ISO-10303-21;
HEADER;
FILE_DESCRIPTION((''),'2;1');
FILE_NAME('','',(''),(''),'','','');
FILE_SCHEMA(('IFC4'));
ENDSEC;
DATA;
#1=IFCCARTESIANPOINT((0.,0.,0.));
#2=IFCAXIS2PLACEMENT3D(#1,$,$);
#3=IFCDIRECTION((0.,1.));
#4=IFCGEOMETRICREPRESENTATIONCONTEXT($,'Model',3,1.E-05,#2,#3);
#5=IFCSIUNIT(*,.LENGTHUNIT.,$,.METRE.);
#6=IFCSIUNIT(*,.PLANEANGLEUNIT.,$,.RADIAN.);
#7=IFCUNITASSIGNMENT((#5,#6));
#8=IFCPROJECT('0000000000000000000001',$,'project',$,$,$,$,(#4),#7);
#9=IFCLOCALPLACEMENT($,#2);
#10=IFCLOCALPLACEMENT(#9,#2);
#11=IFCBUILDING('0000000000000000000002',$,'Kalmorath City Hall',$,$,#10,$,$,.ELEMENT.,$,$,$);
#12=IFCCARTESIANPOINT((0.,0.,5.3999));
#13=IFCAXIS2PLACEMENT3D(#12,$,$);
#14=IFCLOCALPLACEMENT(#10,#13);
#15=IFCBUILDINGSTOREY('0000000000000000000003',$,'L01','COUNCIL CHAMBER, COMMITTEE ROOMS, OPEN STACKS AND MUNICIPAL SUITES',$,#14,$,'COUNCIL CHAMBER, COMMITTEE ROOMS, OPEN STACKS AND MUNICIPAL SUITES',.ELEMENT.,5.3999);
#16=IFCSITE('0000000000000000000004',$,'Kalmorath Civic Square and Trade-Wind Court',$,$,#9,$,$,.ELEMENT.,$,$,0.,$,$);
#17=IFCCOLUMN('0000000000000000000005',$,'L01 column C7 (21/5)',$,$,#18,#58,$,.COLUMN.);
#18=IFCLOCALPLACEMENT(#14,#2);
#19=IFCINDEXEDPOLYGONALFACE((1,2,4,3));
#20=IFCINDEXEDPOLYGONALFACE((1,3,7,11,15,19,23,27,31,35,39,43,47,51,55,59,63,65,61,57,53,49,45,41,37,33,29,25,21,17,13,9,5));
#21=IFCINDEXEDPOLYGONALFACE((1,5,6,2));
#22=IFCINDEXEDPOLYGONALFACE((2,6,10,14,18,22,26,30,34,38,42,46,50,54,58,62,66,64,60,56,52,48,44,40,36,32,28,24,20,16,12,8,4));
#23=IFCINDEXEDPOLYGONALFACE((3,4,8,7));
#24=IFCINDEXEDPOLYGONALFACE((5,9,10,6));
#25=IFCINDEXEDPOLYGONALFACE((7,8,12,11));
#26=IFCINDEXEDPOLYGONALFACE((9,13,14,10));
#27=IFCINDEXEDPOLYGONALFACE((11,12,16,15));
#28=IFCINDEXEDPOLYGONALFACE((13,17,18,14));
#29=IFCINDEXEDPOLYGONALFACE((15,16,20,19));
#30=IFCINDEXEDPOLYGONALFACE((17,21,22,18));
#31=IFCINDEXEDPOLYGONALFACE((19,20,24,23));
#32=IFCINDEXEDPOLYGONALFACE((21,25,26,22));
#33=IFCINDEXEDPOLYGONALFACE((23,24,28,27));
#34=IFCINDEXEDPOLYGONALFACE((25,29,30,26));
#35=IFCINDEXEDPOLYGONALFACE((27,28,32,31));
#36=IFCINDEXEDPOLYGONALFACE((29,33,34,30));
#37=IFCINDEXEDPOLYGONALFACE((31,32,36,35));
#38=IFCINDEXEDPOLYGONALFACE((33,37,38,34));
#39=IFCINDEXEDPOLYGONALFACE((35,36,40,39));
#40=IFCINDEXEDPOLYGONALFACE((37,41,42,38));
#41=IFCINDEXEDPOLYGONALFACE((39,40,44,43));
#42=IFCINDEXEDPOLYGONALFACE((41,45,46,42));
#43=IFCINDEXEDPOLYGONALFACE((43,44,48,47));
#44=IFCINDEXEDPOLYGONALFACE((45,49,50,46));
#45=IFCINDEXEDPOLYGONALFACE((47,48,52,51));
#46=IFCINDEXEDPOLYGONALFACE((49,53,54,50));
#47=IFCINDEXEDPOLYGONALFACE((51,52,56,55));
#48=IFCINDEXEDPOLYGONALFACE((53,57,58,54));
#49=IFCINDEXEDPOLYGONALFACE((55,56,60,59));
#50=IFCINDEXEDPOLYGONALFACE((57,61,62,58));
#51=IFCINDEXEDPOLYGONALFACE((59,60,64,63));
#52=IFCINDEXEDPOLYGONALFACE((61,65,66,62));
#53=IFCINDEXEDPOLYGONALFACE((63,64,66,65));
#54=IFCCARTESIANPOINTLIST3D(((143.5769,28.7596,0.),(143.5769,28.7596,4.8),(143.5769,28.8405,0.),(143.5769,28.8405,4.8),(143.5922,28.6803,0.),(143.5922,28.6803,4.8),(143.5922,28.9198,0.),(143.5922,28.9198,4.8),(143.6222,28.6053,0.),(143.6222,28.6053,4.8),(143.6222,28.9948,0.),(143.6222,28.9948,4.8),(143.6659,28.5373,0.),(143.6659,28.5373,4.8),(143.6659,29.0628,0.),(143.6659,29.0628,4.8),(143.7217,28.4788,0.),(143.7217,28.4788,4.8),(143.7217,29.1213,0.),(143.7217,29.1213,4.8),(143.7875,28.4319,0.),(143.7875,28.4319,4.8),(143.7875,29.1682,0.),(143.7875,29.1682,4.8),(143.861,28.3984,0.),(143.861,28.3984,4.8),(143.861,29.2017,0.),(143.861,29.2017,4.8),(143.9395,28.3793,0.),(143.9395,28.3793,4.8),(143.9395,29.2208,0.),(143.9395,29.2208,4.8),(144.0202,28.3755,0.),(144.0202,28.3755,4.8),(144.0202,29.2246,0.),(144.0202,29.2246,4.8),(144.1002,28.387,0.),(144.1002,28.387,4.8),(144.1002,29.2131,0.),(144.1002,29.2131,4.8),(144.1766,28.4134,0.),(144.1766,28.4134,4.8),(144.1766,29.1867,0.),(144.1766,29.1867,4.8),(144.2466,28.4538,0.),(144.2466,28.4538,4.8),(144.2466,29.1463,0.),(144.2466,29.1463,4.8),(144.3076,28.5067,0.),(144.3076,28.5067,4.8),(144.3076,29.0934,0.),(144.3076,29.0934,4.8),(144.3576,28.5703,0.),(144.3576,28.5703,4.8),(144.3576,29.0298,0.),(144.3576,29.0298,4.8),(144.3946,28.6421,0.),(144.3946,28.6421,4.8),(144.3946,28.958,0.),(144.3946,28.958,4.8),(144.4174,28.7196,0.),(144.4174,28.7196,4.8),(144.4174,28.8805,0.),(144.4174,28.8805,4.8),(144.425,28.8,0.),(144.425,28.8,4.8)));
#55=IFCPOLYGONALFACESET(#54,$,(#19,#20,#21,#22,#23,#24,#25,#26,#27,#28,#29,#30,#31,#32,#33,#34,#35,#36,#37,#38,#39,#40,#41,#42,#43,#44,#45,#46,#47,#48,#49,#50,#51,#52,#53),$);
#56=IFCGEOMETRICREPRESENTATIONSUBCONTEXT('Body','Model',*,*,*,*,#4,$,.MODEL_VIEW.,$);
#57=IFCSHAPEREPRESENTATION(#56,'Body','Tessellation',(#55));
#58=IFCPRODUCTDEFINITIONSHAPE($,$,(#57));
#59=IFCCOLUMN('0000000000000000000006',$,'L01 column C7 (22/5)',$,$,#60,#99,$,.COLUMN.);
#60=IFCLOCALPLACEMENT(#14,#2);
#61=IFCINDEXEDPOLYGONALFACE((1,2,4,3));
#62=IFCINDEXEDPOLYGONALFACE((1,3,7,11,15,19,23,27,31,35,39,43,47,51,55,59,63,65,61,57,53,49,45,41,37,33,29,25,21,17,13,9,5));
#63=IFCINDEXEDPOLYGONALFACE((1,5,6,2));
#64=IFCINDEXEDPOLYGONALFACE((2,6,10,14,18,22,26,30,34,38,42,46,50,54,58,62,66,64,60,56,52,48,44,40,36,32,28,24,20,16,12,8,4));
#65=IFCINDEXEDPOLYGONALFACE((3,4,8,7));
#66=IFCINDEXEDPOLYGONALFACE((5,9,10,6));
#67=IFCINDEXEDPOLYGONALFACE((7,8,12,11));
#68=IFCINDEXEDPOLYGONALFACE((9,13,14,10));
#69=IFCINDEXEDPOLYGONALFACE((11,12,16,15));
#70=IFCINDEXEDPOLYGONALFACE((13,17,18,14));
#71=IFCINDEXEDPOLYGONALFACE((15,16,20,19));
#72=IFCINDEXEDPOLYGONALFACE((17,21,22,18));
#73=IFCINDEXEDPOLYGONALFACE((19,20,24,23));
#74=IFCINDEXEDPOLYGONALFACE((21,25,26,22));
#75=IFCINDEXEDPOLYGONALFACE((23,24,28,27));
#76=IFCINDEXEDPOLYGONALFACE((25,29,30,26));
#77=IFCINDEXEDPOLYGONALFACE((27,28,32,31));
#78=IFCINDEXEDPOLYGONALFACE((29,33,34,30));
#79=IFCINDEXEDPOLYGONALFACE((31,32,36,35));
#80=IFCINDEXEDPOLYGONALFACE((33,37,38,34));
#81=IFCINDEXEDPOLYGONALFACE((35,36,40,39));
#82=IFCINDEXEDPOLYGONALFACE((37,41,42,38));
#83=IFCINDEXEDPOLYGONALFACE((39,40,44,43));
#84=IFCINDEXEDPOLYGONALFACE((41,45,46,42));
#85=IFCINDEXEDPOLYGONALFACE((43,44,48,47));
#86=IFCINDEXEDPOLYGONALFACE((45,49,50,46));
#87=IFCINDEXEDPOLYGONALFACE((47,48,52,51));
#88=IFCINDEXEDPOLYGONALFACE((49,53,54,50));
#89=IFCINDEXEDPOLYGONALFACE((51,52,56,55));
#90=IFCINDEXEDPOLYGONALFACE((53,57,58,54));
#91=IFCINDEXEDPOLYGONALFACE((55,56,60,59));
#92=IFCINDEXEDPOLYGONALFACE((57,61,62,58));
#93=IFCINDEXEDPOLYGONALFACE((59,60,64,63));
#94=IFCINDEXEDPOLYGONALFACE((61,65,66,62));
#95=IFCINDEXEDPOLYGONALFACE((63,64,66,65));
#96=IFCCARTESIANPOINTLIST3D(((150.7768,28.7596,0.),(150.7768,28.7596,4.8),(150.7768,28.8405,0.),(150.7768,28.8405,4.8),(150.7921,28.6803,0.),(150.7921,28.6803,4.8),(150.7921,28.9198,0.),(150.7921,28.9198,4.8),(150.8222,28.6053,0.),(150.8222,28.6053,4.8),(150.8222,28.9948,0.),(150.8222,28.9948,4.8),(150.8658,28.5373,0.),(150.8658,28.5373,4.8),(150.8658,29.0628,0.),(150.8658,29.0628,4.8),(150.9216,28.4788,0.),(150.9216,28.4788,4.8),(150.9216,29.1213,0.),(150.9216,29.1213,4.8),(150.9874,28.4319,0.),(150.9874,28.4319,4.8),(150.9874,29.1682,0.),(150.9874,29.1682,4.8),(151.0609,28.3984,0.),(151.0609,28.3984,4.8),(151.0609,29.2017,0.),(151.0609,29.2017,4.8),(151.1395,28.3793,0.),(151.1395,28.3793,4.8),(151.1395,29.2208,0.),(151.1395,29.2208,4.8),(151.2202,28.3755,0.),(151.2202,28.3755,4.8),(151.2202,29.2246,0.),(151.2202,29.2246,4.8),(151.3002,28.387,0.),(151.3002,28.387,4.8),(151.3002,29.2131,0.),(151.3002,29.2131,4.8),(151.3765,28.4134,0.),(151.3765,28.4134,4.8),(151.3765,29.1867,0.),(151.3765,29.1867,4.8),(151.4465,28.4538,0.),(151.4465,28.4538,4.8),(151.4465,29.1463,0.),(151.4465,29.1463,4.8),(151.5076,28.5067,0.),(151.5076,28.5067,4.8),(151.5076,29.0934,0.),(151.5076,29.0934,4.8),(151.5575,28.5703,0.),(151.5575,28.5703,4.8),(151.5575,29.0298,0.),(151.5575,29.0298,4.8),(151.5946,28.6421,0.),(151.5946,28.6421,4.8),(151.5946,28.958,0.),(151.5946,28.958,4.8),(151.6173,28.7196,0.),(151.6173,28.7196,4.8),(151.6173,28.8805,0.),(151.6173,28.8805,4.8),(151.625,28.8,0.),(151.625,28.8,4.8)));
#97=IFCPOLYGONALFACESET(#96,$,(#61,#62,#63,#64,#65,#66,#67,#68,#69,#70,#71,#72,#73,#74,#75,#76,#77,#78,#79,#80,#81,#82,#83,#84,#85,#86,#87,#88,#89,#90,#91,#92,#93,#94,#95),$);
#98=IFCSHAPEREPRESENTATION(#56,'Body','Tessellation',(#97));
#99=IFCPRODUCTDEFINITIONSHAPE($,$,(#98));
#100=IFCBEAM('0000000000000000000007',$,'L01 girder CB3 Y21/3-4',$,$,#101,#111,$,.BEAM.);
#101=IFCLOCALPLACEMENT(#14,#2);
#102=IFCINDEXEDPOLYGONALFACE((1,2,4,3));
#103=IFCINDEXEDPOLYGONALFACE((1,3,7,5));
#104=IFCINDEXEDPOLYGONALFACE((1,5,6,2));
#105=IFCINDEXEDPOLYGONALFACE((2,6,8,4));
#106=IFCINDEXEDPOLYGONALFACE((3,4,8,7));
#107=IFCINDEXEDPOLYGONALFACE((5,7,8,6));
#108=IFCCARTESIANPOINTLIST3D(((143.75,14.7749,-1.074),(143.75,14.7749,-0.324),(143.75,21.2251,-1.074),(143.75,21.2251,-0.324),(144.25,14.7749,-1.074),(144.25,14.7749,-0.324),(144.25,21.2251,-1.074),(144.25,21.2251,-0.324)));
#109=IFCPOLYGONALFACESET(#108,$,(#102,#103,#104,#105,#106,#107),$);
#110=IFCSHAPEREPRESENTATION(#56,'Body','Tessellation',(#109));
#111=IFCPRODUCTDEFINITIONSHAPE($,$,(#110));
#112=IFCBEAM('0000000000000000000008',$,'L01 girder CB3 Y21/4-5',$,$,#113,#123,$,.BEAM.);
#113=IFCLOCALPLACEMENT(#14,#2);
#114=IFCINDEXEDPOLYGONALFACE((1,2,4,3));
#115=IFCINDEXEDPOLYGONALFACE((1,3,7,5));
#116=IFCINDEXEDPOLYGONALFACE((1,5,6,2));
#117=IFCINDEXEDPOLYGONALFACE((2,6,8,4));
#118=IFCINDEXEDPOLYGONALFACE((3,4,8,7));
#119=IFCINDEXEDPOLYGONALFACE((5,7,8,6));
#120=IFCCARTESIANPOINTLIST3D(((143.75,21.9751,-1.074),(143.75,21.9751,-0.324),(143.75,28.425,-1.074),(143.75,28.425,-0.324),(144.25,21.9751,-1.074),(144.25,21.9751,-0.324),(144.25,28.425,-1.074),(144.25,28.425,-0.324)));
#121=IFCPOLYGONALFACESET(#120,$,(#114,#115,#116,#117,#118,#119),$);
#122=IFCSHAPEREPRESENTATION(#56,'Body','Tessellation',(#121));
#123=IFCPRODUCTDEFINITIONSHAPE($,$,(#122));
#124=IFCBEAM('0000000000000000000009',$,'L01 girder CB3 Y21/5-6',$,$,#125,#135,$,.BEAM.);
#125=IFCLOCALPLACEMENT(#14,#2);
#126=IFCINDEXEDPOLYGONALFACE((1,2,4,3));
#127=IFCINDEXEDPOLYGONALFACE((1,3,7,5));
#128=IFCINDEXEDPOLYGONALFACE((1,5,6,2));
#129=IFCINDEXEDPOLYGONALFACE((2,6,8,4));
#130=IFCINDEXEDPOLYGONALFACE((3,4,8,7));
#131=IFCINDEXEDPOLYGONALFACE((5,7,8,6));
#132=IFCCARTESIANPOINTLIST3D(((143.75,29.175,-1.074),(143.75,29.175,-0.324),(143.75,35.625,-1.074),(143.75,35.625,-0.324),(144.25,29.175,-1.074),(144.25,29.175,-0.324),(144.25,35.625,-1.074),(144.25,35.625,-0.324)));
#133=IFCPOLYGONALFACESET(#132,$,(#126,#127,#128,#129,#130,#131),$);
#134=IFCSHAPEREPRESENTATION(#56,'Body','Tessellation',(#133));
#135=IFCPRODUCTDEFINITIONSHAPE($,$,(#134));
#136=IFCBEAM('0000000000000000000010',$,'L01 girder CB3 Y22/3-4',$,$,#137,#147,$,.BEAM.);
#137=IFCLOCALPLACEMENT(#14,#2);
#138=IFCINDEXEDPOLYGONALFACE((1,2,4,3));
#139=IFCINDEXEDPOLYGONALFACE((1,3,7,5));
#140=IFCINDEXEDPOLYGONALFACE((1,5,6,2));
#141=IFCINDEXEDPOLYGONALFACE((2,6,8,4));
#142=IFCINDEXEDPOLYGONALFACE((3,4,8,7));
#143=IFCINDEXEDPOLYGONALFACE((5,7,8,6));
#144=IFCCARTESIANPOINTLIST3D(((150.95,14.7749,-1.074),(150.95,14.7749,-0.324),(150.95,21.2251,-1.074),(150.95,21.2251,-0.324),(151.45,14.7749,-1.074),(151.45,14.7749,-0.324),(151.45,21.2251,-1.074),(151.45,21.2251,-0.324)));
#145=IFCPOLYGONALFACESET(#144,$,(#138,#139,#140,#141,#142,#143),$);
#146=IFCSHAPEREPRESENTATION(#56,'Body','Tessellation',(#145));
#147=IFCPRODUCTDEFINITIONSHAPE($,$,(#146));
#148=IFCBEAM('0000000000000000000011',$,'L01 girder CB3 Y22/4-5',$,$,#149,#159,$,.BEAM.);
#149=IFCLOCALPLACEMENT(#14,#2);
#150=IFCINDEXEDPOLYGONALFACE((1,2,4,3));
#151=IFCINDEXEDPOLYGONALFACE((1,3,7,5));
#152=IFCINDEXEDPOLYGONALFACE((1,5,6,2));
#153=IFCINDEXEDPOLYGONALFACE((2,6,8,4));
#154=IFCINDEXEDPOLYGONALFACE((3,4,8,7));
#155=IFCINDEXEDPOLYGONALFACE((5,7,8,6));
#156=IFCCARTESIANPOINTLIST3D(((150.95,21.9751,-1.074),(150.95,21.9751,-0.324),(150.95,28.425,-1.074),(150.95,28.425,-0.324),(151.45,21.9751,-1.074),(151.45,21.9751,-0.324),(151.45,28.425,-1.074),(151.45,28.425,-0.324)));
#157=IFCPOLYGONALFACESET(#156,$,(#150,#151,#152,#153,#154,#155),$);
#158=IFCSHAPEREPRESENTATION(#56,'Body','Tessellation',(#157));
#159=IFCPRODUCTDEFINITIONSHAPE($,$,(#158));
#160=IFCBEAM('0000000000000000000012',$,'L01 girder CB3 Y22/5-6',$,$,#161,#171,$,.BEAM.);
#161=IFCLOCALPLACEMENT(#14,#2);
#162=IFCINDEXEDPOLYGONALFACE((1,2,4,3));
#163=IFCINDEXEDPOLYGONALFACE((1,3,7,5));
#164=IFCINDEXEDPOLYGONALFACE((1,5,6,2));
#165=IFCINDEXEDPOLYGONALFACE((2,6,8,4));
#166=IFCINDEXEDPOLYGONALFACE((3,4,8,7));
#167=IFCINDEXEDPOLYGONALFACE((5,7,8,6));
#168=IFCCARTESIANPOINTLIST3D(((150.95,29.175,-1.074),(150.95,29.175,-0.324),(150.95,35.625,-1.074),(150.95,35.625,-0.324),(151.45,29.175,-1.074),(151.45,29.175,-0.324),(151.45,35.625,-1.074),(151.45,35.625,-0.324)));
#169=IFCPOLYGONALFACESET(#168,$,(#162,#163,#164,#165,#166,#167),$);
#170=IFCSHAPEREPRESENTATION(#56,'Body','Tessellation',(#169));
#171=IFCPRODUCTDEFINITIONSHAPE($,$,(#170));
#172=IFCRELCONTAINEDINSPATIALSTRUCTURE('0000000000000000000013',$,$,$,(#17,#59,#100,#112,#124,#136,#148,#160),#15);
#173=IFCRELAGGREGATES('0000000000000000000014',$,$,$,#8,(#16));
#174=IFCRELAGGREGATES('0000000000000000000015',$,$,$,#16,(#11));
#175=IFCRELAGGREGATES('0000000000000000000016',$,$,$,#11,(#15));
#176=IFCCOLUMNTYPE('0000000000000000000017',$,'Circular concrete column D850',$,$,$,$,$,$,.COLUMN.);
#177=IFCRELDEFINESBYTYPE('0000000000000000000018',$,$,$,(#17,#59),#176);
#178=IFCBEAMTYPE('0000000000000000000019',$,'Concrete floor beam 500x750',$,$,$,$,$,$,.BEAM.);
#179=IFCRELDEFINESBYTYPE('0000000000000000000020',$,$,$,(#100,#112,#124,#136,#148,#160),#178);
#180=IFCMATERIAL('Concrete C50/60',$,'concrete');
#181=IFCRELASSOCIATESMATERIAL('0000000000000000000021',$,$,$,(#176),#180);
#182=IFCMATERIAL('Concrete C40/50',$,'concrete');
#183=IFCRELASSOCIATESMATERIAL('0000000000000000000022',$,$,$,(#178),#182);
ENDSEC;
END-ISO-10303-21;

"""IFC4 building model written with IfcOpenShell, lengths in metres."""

from ifc_helpers import new_model, si_unit, direction, frame, origin, origin_2d, place, context, subcontext, project, spatial, rectangle, circle, extrude, material, material_profile, profile_set, type_object, element, save


model = new_model("IFC4")

# Units and contexts
model_context = context("Model", 3, precision=1e-05, world=origin(), true_north=direction((0.0, 1.0)))
body_context = subcontext(model_context, "Body", "Model", "MODEL_VIEW")
ifc_project = project(units=[si_unit("LENGTHUNIT", "METRE"), si_unit("PLANEANGLEUNIT", "RADIAN")], contexts=[model_context])

# Site, building, storey
site_placement = place(None, origin())
site = spatial("IfcSite", under=ifc_project, at=site_placement, Name="Kalmorath Civic Square and Trade-Wind Court", CompositionType="ELEMENT", RefElevation=0.0)
building_placement = place(site_placement, origin())
building = spatial("IfcBuilding", under=site, at=building_placement, Name="Kalmorath City Hall", CompositionType="ELEMENT")
storey_placement = place(building_placement, frame((0.0, 0.0, 5.3999)))
storey = spatial("IfcBuildingStorey", under=building, at=storey_placement, Name="L01", Description="COUNCIL CHAMBER, COMMITTEE ROOMS, OPEN STACKS AND MUNICIPAL SUITES", LongName="COUNCIL CHAMBER, COMMITTEE ROOMS, OPEN STACKS AND MUNICIPAL SUITES", CompositionType="ELEMENT", Elevation=5.3999)

# Columns
ifc_material_1 = material(Name="Concrete C50/60", Category="concrete")
ifc_material_profile_1 = material_profile(ifc_material_1, circle(Radius=0.425, at=origin_2d()), Name="RC-COL-D850")
ifc_profile_set_1 = profile_set([ifc_material_profile_1], Name="Concrete C50/60")
column_type = type_object("IfcColumnType", Name="Circular concrete column D850", PredefinedType="COLUMN", material=ifc_profile_set_1)
for number, where, z_axis, x_axis, name in (
    (1, (144.0, 28.8, 0.0), (0.0, 0.0, 1.0), (1.0, 0.0, 0.0), "L01 column C7 (21/5)"),
    (2, (151.2, 28.8, 0.0), (0.0, 0.0, 1.0), (1.0, 0.0, 0.0), "L01 column C7 (22/5)"),
):
    element("IfcColumn", number, at=place(storey_placement, frame(where, z_axis=z_axis, x_axis=x_axis)), inside=storey, type_object=column_type, Name=name, PredefinedType="COLUMN", context=body_context, shape_type="SweptSolid", body=[
        extrude(circle(Radius=0.425, at=origin_2d()), origin(), (0.0, 0.0, 1.0), 4.8),
    ])

# Beams
ifc_material_2 = material(Name="Concrete C40/50", Category="concrete")
ifc_material_profile_2 = material_profile(ifc_material_2, rectangle(XDim=0.5, YDim=0.75, at=origin_2d()), Name="RC-BM-500X750")
ifc_profile_set_2 = profile_set([ifc_material_profile_2], Name="Concrete C40/50")
beam_type_1 = type_object("IfcBeamType", Name="Concrete floor beam 500x750", PredefinedType="BEAM", material=ifc_profile_set_2)
beam_1_placement = place(storey_placement, frame((144.0, 14.7749, -0.699), z_axis=(0.0, 1.0, 0.0), x_axis=(-1.0, 0.0, 0.0)))
element("IfcBeam", 3, at=beam_1_placement, inside=storey, type_object=beam_type_1, Name="L01 girder CB3 Y21/3-4", PredefinedType="BEAM", context=body_context, shape_type="SweptSolid", body=[
    extrude(rectangle(XDim=0.5, YDim=0.75, at=origin_2d()), origin(), (0.0, 0.0, 1.0), 6.4502),
])
for number, where, z_axis, x_axis, name in (
    (4, (144.0, 21.9751, -0.699), (0.0, 1.0, 0.0), (-1.0, 0.0, 0.0), "L01 girder CB3 Y21/4-5"),
    (5, (144.0, 29.175, -0.699), (0.0, 1.0, 0.0), (-1.0, 0.0, 0.0), "L01 girder CB3 Y21/5-6"),
):
    element("IfcBeam", number, at=place(storey_placement, frame(where, z_axis=z_axis, x_axis=x_axis)), inside=storey, type_object=beam_type_1, Name=name, PredefinedType="BEAM", context=body_context, shape_type="SweptSolid", body=[
        extrude(rectangle(XDim=0.5, YDim=0.75, at=origin_2d()), origin(), (0.0, 0.0, 1.0), 6.45),
    ])
beam_2_placement = place(storey_placement, frame((151.2, 14.7749, -0.699), z_axis=(0.0, 1.0, 0.0), x_axis=(-1.0, 0.0, 0.0)))
element("IfcBeam", 6, at=beam_2_placement, inside=storey, type_object=beam_type_1, Name="L01 girder CB3 Y22/3-4", PredefinedType="BEAM", context=body_context, shape_type="SweptSolid", body=[
    extrude(rectangle(XDim=0.5, YDim=0.75, at=origin_2d()), origin(), (0.0, 0.0, 1.0), 6.4502),
])
for number, where, z_axis, x_axis, name in (
    (7, (151.2, 21.9751, -0.699), (0.0, 1.0, 0.0), (-1.0, 0.0, 0.0), "L01 girder CB3 Y22/4-5"),
    (8, (151.2, 29.175, -0.699), (0.0, 1.0, 0.0), (-1.0, 0.0, 0.0), "L01 girder CB3 Y22/5-6"),
):
    element("IfcBeam", number, at=place(storey_placement, frame(where, z_axis=z_axis, x_axis=x_axis)), inside=storey, type_object=beam_type_1, Name=name, PredefinedType="BEAM", context=body_context, shape_type="SweptSolid", body=[
        extrude(rectangle(XDim=0.5, YDim=0.75, at=origin_2d()), origin(), (0.0, 0.0, 1.0), 6.45),
    ])

save(model, "model.ifc")
